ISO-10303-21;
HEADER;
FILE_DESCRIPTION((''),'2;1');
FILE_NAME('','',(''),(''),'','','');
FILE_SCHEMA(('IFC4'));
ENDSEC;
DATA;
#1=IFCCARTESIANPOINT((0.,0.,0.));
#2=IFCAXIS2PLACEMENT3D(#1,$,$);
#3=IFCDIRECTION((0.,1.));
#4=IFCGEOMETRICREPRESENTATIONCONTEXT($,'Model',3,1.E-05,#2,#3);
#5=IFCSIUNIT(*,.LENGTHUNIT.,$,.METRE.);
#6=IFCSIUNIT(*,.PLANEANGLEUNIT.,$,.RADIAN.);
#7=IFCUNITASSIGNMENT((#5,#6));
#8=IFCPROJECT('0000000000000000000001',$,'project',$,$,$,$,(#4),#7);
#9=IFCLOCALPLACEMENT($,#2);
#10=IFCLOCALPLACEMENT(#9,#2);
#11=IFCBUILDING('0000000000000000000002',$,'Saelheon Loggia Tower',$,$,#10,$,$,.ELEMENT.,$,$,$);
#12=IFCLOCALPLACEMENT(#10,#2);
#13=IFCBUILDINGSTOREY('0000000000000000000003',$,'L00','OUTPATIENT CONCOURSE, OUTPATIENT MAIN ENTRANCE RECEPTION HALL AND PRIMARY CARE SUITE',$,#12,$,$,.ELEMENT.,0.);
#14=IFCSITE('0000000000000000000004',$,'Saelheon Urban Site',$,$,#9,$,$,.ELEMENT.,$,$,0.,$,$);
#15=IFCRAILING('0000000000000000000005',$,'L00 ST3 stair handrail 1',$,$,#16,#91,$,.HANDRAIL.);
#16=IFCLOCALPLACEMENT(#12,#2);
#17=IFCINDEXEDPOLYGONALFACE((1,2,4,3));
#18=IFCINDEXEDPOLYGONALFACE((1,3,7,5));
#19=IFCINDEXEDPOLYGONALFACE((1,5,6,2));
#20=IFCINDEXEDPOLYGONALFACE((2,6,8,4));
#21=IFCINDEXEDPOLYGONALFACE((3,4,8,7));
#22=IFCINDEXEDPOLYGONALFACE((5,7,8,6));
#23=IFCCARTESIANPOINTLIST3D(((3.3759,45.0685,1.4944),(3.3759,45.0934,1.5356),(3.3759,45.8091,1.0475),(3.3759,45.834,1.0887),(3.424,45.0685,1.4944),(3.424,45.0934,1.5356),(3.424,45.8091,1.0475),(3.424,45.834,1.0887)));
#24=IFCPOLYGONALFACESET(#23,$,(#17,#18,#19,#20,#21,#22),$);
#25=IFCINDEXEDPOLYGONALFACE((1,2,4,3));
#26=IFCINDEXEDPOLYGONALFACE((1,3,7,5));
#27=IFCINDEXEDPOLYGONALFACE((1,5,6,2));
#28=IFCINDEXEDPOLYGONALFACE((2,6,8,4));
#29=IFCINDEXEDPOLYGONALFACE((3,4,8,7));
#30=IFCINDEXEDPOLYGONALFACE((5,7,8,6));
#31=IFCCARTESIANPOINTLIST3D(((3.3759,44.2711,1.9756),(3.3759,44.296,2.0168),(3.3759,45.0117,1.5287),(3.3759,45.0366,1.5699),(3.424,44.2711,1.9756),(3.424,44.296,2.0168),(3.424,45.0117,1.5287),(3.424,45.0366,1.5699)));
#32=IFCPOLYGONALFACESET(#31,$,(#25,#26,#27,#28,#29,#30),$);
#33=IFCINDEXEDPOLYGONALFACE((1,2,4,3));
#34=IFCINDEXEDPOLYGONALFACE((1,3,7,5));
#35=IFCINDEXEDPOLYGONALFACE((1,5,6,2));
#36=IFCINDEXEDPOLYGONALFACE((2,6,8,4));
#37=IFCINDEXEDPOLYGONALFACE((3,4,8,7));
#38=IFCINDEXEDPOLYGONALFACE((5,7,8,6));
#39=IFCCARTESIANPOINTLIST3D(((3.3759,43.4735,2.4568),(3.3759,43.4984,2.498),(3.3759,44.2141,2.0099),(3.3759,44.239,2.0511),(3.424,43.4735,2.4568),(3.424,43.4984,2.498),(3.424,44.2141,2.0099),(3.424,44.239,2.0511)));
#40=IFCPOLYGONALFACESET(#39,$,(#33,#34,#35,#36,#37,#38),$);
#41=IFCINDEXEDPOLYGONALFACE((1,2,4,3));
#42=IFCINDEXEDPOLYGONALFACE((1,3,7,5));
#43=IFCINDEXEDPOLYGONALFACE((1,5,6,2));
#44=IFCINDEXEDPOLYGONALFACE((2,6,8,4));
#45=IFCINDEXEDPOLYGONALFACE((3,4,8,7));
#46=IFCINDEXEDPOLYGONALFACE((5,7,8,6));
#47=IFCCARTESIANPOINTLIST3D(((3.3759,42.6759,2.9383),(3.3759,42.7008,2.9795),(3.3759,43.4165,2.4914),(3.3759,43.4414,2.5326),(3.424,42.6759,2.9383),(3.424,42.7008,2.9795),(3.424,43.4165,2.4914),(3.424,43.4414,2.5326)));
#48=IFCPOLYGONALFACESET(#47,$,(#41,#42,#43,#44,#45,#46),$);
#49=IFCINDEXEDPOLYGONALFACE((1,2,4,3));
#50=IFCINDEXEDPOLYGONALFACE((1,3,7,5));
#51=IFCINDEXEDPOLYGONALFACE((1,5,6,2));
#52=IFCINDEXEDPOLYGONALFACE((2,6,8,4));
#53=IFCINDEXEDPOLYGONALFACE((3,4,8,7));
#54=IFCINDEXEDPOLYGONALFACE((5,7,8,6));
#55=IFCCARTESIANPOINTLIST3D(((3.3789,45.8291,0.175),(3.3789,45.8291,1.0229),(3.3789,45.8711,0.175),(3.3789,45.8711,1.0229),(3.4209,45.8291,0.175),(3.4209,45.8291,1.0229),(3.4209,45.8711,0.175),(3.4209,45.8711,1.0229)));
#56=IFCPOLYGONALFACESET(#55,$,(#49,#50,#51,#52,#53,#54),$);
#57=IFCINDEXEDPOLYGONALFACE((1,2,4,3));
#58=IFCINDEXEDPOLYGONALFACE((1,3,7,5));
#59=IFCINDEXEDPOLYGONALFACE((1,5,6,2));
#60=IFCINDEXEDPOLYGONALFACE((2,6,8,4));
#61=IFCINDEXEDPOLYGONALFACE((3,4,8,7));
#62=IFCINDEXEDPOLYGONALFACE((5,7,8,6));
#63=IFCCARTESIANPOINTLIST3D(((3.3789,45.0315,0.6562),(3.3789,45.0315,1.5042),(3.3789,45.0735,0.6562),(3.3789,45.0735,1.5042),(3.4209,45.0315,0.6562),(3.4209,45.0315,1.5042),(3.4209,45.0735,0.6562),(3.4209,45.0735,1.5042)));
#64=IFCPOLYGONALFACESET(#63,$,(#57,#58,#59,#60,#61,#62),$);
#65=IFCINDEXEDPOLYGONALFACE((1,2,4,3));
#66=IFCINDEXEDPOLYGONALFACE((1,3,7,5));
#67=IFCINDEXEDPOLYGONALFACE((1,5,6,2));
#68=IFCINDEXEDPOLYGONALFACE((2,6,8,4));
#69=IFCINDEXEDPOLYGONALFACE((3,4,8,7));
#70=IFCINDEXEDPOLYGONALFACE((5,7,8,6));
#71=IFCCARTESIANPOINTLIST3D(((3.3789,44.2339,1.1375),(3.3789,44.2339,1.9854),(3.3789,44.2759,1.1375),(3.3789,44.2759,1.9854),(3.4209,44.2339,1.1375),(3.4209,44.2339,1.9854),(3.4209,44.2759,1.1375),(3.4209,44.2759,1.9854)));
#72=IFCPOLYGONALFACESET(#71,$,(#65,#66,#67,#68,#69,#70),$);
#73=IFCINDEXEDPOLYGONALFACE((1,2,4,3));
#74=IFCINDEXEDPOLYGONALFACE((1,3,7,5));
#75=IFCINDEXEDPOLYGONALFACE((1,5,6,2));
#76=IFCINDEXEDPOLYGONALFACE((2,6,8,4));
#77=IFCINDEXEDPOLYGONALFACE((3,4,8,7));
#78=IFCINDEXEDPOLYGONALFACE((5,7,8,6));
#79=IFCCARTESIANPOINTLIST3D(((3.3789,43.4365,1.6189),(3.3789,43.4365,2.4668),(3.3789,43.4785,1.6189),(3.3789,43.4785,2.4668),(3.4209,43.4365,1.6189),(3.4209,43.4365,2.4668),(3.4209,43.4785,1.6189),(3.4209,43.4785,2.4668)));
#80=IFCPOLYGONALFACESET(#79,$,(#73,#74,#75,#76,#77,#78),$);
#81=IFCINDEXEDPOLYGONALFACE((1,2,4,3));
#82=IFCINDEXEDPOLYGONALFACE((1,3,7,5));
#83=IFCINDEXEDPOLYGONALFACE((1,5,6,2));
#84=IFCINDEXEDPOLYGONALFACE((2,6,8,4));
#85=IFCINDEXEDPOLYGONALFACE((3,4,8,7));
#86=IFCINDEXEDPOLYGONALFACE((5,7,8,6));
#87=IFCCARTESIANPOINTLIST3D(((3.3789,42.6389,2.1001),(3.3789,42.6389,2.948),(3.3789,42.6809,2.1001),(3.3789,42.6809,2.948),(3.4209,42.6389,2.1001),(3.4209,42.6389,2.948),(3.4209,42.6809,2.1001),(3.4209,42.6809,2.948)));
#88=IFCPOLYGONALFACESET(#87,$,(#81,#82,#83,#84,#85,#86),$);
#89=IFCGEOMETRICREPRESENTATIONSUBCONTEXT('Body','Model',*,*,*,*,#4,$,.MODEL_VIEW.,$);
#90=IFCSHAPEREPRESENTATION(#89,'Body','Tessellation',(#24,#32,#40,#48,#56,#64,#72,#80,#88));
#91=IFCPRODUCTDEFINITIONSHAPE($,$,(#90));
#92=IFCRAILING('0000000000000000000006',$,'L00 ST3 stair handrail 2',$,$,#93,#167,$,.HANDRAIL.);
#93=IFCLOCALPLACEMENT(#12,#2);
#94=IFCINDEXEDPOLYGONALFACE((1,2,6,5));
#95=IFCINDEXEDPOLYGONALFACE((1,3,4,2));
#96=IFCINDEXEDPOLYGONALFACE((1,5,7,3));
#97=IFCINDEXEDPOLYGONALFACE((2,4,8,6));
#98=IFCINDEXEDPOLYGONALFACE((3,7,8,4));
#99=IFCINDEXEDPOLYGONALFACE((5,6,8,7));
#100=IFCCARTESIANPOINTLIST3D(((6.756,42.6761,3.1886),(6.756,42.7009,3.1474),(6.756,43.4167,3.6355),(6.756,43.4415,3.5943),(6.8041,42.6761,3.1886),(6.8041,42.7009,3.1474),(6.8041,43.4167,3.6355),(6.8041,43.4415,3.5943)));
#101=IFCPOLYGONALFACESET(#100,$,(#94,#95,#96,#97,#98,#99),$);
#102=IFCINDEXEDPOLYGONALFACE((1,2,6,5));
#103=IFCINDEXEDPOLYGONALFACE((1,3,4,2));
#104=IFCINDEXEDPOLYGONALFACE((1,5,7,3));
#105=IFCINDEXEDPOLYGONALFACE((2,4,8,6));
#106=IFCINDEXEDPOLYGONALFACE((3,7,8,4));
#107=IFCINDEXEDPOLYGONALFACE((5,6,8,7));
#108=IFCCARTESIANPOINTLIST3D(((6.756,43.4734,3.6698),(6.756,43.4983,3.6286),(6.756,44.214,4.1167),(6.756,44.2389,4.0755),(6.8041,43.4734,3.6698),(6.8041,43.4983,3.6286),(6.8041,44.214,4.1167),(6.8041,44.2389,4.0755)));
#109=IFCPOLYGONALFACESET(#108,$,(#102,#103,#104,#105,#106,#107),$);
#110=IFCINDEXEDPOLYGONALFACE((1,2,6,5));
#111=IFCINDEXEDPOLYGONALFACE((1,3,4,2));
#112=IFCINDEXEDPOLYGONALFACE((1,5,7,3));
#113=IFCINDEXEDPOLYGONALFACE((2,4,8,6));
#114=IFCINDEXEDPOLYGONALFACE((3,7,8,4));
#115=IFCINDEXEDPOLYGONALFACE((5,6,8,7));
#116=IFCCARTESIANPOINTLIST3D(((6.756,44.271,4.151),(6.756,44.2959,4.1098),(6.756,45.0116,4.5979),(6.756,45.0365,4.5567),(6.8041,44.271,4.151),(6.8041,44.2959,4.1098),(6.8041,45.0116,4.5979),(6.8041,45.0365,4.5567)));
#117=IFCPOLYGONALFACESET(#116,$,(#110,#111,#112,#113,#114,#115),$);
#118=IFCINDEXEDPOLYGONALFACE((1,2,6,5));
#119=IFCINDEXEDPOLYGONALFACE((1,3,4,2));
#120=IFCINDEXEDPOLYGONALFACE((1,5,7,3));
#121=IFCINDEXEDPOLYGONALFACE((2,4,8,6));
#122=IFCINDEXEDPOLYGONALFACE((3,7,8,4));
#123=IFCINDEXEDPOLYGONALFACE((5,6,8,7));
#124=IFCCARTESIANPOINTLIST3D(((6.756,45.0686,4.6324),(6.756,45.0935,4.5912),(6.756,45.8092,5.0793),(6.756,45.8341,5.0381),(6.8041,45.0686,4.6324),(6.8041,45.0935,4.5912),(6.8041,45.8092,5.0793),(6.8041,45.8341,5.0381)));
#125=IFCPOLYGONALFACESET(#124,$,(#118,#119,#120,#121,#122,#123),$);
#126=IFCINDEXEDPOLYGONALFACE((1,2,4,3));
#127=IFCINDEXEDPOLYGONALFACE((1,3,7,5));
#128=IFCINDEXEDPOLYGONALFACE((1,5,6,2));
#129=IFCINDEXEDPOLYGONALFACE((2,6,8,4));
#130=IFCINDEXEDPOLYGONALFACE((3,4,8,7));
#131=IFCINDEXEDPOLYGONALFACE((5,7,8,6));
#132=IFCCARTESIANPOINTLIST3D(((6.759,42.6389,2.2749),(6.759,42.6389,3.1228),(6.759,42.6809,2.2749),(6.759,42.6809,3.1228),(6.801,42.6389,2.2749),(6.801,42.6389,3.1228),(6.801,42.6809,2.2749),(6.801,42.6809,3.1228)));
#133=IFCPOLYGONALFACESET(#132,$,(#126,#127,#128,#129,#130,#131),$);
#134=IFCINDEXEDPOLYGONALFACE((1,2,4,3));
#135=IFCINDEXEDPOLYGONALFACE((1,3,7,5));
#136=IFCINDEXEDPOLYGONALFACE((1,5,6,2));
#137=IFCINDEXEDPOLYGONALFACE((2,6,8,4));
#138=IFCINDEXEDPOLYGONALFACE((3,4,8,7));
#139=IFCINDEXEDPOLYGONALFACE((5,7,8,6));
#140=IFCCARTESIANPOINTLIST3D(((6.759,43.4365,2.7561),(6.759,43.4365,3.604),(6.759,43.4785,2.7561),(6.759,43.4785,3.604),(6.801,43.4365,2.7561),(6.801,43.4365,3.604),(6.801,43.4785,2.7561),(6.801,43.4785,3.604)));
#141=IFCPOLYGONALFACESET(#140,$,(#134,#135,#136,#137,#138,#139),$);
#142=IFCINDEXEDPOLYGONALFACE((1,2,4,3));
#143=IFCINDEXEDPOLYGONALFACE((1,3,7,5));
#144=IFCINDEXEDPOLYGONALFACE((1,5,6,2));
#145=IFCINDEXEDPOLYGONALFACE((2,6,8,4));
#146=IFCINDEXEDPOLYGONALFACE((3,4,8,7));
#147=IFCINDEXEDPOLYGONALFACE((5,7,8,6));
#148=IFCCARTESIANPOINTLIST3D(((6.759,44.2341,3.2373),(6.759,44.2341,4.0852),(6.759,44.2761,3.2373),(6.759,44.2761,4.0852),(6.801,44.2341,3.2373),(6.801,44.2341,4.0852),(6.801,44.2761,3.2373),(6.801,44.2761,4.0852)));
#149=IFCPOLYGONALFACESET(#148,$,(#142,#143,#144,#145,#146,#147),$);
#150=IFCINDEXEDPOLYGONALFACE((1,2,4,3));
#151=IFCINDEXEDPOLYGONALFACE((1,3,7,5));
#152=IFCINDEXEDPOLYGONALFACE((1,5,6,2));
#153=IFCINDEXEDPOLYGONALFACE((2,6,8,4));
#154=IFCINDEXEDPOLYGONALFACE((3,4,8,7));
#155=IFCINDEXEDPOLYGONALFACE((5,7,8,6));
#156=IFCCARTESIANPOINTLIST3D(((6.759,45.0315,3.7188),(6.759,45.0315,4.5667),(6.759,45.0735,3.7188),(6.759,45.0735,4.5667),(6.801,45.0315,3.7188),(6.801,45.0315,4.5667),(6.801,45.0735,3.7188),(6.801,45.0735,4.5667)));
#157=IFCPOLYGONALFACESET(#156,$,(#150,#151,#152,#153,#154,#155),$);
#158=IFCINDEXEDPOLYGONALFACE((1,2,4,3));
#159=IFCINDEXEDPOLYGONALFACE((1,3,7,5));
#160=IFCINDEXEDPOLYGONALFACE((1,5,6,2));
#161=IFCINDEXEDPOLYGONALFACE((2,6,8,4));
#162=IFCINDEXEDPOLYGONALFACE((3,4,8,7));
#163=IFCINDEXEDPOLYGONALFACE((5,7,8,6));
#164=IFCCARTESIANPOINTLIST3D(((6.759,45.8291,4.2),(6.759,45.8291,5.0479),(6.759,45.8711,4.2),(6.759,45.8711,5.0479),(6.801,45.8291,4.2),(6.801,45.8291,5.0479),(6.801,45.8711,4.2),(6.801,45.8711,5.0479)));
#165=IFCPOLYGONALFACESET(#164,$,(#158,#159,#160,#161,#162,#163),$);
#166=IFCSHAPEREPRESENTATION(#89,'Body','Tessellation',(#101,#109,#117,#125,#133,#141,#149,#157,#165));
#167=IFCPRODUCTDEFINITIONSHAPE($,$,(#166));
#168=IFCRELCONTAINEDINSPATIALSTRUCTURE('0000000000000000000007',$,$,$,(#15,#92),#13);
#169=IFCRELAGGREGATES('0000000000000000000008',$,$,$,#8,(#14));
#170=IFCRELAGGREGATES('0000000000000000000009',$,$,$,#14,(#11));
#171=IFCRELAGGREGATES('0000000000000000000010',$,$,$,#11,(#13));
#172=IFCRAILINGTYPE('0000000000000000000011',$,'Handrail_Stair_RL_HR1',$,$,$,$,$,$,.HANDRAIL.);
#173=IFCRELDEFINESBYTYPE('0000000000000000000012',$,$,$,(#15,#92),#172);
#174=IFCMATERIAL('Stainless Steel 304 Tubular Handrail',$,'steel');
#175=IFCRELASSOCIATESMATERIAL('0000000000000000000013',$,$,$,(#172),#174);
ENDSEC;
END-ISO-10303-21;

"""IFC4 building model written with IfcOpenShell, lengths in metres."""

from ifc_helpers import new_model, si_unit, direction, frame, origin, origin_2d, place, context, subcontext, project, spatial, rectangle, extrude, material, type_object, element, save


model = new_model("IFC4")

# Units and contexts
model_context = context("Model", 3, precision=1e-05, world=origin(), true_north=direction((0.0, 1.0)))
body_context = subcontext(model_context, "Body", "Model", "MODEL_VIEW")
ifc_project = project(units=[si_unit("LENGTHUNIT", "METRE"), si_unit("PLANEANGLEUNIT", "RADIAN")], contexts=[model_context])

# Site, building, storey
site_placement = place(None, origin())
site = spatial("IfcSite", under=ifc_project, at=site_placement, Name="Saelheon Urban Site", CompositionType="ELEMENT", RefElevation=0.0)
building_placement = place(site_placement, origin())
building = spatial("IfcBuilding", under=site, at=building_placement, Name="Saelheon Loggia Tower", CompositionType="ELEMENT")
storey_placement = place(building_placement, origin())
storey = spatial("IfcBuildingStorey", under=building, at=storey_placement, Name="L00", Description="OUTPATIENT CONCOURSE, OUTPATIENT MAIN ENTRANCE RECEPTION HALL AND PRIMARY CARE SUITE", CompositionType="ELEMENT", Elevation=0.0)

# Railings
ifc_material_1 = material(Name="Stainless Steel 304 Tubular Handrail", Category="steel")
railing_type_1 = type_object("IfcRailingType", Name="Handrail_Stair_RL_HR1", PredefinedType="HANDRAIL", material=ifc_material_1)
railing_1_placement = place(storey_placement, frame((3.3999, 45.8501, 0.175)))
element("IfcRailing", 1, at=railing_1_placement, inside=storey, type_object=railing_type_1, Name="L00 ST3 stair handrail 1", PredefinedType="HANDRAIL", context=body_context, shape_type="SweptSolid", body=[
    extrude(rectangle(XDim=0.0481, YDim=0.0481, at=origin_2d()), frame((0.0, -0.0286, 0.8931), z_axis=(0.0, -0.856195, 0.516653), x_axis=(1.0, 0.0, 0.0)), (0.0, 0.0, 1.0), 0.865),
    extrude(rectangle(XDim=0.0481, YDim=0.0481, at=origin_2d()), frame((0.0, -0.8259, 1.3743), z_axis=(0.0, -0.856195, 0.516653), x_axis=(1.0, 0.0, 0.0)), (0.0, 0.0, 1.0), 0.865),
    extrude(rectangle(XDim=0.0481, YDim=0.0481, at=origin_2d()), frame((0.0, -1.6235, 1.8555), z_axis=(0.0, -0.856195, 0.516653), x_axis=(1.0, 0.0, 0.0)), (0.0, 0.0, 1.0), 0.865),
    extrude(rectangle(XDim=0.0481, YDim=0.0481, at=origin_2d()), frame((0.0, -2.4211, 2.3369), z_axis=(0.0, -0.856195, 0.516653), x_axis=(1.0, 0.0, 0.0)), (0.0, 0.0, 1.0), 0.865),
    extrude(rectangle(XDim=0.042, YDim=0.042, at=origin_2d()), origin(), (0.0, 0.0, 1.0), 0.8479),
    extrude(rectangle(XDim=0.042, YDim=0.042, at=origin_2d()), frame((0.0, -0.7976, 0.4812)), (0.0, 0.0, 1.0), 0.8479),
    extrude(rectangle(XDim=0.042, YDim=0.042, at=origin_2d()), frame((0.0, -1.5952, 0.9624)), (0.0, 0.0, 1.0), 0.8479),
    extrude(rectangle(XDim=0.042, YDim=0.042, at=origin_2d()), frame((0.0, -2.3926, 1.4438)), (0.0, 0.0, 1.0), 0.8479),
    extrude(rectangle(XDim=0.042, YDim=0.042, at=origin_2d()), frame((0.0, -3.1902, 1.925)), (0.0, 0.0, 1.0), 0.8479),
])
railing_2_placement = place(storey_placement, frame((6.78, 42.6599, 2.2749)))
element("IfcRailing", 2, at=railing_2_placement, inside=storey, type_object=railing_type_1, Name="L00 ST3 stair handrail 2", PredefinedType="HANDRAIL", context=body_context, shape_type="SweptSolid", body=[
    extrude(rectangle(XDim=0.0481, YDim=0.0481, at=origin_2d()), frame((0.0, 0.0286, 0.8931), z_axis=(0.0, 0.856195, 0.516653), x_axis=(-1.0, 0.0, 0.0)), (0.0, 0.0, 1.0), 0.865),
    extrude(rectangle(XDim=0.0481, YDim=0.0481, at=origin_2d()), frame((0.0, 0.8259, 1.3743), z_axis=(0.0, 0.856195, 0.516653), x_axis=(-1.0, 0.0, 0.0)), (0.0, 0.0, 1.0), 0.865),
    extrude(rectangle(XDim=0.0481, YDim=0.0481, at=origin_2d()), frame((0.0, 1.6235, 1.8555), z_axis=(0.0, 0.856195, 0.516653), x_axis=(-1.0, 0.0, 0.0)), (0.0, 0.0, 1.0), 0.865),
    extrude(rectangle(XDim=0.0481, YDim=0.0481, at=origin_2d()), frame((0.0, 2.4211, 2.3369), z_axis=(0.0, 0.856195, 0.516653), x_axis=(-1.0, 0.0, 0.0)), (0.0, 0.0, 1.0), 0.865),
    extrude(rectangle(XDim=0.042, YDim=0.042, at=origin_2d()), origin(), (0.0, 0.0, 1.0), 0.8479),
    extrude(rectangle(XDim=0.042, YDim=0.042, at=origin_2d()), frame((0.0, 0.7976, 0.4812)), (0.0, 0.0, 1.0), 0.8479),
    extrude(rectangle(XDim=0.042, YDim=0.042, at=origin_2d()), frame((0.0, 1.5952, 0.9624)), (0.0, 0.0, 1.0), 0.8479),
    extrude(rectangle(XDim=0.042, YDim=0.042, at=origin_2d()), frame((0.0, 2.3926, 1.4438)), (0.0, 0.0, 1.0), 0.8479),
    extrude(rectangle(XDim=0.042, YDim=0.042, at=origin_2d()), frame((0.0, 3.1902, 1.925)), (0.0, 0.0, 1.0), 0.8479),
])

save(model, "model.ifc")
